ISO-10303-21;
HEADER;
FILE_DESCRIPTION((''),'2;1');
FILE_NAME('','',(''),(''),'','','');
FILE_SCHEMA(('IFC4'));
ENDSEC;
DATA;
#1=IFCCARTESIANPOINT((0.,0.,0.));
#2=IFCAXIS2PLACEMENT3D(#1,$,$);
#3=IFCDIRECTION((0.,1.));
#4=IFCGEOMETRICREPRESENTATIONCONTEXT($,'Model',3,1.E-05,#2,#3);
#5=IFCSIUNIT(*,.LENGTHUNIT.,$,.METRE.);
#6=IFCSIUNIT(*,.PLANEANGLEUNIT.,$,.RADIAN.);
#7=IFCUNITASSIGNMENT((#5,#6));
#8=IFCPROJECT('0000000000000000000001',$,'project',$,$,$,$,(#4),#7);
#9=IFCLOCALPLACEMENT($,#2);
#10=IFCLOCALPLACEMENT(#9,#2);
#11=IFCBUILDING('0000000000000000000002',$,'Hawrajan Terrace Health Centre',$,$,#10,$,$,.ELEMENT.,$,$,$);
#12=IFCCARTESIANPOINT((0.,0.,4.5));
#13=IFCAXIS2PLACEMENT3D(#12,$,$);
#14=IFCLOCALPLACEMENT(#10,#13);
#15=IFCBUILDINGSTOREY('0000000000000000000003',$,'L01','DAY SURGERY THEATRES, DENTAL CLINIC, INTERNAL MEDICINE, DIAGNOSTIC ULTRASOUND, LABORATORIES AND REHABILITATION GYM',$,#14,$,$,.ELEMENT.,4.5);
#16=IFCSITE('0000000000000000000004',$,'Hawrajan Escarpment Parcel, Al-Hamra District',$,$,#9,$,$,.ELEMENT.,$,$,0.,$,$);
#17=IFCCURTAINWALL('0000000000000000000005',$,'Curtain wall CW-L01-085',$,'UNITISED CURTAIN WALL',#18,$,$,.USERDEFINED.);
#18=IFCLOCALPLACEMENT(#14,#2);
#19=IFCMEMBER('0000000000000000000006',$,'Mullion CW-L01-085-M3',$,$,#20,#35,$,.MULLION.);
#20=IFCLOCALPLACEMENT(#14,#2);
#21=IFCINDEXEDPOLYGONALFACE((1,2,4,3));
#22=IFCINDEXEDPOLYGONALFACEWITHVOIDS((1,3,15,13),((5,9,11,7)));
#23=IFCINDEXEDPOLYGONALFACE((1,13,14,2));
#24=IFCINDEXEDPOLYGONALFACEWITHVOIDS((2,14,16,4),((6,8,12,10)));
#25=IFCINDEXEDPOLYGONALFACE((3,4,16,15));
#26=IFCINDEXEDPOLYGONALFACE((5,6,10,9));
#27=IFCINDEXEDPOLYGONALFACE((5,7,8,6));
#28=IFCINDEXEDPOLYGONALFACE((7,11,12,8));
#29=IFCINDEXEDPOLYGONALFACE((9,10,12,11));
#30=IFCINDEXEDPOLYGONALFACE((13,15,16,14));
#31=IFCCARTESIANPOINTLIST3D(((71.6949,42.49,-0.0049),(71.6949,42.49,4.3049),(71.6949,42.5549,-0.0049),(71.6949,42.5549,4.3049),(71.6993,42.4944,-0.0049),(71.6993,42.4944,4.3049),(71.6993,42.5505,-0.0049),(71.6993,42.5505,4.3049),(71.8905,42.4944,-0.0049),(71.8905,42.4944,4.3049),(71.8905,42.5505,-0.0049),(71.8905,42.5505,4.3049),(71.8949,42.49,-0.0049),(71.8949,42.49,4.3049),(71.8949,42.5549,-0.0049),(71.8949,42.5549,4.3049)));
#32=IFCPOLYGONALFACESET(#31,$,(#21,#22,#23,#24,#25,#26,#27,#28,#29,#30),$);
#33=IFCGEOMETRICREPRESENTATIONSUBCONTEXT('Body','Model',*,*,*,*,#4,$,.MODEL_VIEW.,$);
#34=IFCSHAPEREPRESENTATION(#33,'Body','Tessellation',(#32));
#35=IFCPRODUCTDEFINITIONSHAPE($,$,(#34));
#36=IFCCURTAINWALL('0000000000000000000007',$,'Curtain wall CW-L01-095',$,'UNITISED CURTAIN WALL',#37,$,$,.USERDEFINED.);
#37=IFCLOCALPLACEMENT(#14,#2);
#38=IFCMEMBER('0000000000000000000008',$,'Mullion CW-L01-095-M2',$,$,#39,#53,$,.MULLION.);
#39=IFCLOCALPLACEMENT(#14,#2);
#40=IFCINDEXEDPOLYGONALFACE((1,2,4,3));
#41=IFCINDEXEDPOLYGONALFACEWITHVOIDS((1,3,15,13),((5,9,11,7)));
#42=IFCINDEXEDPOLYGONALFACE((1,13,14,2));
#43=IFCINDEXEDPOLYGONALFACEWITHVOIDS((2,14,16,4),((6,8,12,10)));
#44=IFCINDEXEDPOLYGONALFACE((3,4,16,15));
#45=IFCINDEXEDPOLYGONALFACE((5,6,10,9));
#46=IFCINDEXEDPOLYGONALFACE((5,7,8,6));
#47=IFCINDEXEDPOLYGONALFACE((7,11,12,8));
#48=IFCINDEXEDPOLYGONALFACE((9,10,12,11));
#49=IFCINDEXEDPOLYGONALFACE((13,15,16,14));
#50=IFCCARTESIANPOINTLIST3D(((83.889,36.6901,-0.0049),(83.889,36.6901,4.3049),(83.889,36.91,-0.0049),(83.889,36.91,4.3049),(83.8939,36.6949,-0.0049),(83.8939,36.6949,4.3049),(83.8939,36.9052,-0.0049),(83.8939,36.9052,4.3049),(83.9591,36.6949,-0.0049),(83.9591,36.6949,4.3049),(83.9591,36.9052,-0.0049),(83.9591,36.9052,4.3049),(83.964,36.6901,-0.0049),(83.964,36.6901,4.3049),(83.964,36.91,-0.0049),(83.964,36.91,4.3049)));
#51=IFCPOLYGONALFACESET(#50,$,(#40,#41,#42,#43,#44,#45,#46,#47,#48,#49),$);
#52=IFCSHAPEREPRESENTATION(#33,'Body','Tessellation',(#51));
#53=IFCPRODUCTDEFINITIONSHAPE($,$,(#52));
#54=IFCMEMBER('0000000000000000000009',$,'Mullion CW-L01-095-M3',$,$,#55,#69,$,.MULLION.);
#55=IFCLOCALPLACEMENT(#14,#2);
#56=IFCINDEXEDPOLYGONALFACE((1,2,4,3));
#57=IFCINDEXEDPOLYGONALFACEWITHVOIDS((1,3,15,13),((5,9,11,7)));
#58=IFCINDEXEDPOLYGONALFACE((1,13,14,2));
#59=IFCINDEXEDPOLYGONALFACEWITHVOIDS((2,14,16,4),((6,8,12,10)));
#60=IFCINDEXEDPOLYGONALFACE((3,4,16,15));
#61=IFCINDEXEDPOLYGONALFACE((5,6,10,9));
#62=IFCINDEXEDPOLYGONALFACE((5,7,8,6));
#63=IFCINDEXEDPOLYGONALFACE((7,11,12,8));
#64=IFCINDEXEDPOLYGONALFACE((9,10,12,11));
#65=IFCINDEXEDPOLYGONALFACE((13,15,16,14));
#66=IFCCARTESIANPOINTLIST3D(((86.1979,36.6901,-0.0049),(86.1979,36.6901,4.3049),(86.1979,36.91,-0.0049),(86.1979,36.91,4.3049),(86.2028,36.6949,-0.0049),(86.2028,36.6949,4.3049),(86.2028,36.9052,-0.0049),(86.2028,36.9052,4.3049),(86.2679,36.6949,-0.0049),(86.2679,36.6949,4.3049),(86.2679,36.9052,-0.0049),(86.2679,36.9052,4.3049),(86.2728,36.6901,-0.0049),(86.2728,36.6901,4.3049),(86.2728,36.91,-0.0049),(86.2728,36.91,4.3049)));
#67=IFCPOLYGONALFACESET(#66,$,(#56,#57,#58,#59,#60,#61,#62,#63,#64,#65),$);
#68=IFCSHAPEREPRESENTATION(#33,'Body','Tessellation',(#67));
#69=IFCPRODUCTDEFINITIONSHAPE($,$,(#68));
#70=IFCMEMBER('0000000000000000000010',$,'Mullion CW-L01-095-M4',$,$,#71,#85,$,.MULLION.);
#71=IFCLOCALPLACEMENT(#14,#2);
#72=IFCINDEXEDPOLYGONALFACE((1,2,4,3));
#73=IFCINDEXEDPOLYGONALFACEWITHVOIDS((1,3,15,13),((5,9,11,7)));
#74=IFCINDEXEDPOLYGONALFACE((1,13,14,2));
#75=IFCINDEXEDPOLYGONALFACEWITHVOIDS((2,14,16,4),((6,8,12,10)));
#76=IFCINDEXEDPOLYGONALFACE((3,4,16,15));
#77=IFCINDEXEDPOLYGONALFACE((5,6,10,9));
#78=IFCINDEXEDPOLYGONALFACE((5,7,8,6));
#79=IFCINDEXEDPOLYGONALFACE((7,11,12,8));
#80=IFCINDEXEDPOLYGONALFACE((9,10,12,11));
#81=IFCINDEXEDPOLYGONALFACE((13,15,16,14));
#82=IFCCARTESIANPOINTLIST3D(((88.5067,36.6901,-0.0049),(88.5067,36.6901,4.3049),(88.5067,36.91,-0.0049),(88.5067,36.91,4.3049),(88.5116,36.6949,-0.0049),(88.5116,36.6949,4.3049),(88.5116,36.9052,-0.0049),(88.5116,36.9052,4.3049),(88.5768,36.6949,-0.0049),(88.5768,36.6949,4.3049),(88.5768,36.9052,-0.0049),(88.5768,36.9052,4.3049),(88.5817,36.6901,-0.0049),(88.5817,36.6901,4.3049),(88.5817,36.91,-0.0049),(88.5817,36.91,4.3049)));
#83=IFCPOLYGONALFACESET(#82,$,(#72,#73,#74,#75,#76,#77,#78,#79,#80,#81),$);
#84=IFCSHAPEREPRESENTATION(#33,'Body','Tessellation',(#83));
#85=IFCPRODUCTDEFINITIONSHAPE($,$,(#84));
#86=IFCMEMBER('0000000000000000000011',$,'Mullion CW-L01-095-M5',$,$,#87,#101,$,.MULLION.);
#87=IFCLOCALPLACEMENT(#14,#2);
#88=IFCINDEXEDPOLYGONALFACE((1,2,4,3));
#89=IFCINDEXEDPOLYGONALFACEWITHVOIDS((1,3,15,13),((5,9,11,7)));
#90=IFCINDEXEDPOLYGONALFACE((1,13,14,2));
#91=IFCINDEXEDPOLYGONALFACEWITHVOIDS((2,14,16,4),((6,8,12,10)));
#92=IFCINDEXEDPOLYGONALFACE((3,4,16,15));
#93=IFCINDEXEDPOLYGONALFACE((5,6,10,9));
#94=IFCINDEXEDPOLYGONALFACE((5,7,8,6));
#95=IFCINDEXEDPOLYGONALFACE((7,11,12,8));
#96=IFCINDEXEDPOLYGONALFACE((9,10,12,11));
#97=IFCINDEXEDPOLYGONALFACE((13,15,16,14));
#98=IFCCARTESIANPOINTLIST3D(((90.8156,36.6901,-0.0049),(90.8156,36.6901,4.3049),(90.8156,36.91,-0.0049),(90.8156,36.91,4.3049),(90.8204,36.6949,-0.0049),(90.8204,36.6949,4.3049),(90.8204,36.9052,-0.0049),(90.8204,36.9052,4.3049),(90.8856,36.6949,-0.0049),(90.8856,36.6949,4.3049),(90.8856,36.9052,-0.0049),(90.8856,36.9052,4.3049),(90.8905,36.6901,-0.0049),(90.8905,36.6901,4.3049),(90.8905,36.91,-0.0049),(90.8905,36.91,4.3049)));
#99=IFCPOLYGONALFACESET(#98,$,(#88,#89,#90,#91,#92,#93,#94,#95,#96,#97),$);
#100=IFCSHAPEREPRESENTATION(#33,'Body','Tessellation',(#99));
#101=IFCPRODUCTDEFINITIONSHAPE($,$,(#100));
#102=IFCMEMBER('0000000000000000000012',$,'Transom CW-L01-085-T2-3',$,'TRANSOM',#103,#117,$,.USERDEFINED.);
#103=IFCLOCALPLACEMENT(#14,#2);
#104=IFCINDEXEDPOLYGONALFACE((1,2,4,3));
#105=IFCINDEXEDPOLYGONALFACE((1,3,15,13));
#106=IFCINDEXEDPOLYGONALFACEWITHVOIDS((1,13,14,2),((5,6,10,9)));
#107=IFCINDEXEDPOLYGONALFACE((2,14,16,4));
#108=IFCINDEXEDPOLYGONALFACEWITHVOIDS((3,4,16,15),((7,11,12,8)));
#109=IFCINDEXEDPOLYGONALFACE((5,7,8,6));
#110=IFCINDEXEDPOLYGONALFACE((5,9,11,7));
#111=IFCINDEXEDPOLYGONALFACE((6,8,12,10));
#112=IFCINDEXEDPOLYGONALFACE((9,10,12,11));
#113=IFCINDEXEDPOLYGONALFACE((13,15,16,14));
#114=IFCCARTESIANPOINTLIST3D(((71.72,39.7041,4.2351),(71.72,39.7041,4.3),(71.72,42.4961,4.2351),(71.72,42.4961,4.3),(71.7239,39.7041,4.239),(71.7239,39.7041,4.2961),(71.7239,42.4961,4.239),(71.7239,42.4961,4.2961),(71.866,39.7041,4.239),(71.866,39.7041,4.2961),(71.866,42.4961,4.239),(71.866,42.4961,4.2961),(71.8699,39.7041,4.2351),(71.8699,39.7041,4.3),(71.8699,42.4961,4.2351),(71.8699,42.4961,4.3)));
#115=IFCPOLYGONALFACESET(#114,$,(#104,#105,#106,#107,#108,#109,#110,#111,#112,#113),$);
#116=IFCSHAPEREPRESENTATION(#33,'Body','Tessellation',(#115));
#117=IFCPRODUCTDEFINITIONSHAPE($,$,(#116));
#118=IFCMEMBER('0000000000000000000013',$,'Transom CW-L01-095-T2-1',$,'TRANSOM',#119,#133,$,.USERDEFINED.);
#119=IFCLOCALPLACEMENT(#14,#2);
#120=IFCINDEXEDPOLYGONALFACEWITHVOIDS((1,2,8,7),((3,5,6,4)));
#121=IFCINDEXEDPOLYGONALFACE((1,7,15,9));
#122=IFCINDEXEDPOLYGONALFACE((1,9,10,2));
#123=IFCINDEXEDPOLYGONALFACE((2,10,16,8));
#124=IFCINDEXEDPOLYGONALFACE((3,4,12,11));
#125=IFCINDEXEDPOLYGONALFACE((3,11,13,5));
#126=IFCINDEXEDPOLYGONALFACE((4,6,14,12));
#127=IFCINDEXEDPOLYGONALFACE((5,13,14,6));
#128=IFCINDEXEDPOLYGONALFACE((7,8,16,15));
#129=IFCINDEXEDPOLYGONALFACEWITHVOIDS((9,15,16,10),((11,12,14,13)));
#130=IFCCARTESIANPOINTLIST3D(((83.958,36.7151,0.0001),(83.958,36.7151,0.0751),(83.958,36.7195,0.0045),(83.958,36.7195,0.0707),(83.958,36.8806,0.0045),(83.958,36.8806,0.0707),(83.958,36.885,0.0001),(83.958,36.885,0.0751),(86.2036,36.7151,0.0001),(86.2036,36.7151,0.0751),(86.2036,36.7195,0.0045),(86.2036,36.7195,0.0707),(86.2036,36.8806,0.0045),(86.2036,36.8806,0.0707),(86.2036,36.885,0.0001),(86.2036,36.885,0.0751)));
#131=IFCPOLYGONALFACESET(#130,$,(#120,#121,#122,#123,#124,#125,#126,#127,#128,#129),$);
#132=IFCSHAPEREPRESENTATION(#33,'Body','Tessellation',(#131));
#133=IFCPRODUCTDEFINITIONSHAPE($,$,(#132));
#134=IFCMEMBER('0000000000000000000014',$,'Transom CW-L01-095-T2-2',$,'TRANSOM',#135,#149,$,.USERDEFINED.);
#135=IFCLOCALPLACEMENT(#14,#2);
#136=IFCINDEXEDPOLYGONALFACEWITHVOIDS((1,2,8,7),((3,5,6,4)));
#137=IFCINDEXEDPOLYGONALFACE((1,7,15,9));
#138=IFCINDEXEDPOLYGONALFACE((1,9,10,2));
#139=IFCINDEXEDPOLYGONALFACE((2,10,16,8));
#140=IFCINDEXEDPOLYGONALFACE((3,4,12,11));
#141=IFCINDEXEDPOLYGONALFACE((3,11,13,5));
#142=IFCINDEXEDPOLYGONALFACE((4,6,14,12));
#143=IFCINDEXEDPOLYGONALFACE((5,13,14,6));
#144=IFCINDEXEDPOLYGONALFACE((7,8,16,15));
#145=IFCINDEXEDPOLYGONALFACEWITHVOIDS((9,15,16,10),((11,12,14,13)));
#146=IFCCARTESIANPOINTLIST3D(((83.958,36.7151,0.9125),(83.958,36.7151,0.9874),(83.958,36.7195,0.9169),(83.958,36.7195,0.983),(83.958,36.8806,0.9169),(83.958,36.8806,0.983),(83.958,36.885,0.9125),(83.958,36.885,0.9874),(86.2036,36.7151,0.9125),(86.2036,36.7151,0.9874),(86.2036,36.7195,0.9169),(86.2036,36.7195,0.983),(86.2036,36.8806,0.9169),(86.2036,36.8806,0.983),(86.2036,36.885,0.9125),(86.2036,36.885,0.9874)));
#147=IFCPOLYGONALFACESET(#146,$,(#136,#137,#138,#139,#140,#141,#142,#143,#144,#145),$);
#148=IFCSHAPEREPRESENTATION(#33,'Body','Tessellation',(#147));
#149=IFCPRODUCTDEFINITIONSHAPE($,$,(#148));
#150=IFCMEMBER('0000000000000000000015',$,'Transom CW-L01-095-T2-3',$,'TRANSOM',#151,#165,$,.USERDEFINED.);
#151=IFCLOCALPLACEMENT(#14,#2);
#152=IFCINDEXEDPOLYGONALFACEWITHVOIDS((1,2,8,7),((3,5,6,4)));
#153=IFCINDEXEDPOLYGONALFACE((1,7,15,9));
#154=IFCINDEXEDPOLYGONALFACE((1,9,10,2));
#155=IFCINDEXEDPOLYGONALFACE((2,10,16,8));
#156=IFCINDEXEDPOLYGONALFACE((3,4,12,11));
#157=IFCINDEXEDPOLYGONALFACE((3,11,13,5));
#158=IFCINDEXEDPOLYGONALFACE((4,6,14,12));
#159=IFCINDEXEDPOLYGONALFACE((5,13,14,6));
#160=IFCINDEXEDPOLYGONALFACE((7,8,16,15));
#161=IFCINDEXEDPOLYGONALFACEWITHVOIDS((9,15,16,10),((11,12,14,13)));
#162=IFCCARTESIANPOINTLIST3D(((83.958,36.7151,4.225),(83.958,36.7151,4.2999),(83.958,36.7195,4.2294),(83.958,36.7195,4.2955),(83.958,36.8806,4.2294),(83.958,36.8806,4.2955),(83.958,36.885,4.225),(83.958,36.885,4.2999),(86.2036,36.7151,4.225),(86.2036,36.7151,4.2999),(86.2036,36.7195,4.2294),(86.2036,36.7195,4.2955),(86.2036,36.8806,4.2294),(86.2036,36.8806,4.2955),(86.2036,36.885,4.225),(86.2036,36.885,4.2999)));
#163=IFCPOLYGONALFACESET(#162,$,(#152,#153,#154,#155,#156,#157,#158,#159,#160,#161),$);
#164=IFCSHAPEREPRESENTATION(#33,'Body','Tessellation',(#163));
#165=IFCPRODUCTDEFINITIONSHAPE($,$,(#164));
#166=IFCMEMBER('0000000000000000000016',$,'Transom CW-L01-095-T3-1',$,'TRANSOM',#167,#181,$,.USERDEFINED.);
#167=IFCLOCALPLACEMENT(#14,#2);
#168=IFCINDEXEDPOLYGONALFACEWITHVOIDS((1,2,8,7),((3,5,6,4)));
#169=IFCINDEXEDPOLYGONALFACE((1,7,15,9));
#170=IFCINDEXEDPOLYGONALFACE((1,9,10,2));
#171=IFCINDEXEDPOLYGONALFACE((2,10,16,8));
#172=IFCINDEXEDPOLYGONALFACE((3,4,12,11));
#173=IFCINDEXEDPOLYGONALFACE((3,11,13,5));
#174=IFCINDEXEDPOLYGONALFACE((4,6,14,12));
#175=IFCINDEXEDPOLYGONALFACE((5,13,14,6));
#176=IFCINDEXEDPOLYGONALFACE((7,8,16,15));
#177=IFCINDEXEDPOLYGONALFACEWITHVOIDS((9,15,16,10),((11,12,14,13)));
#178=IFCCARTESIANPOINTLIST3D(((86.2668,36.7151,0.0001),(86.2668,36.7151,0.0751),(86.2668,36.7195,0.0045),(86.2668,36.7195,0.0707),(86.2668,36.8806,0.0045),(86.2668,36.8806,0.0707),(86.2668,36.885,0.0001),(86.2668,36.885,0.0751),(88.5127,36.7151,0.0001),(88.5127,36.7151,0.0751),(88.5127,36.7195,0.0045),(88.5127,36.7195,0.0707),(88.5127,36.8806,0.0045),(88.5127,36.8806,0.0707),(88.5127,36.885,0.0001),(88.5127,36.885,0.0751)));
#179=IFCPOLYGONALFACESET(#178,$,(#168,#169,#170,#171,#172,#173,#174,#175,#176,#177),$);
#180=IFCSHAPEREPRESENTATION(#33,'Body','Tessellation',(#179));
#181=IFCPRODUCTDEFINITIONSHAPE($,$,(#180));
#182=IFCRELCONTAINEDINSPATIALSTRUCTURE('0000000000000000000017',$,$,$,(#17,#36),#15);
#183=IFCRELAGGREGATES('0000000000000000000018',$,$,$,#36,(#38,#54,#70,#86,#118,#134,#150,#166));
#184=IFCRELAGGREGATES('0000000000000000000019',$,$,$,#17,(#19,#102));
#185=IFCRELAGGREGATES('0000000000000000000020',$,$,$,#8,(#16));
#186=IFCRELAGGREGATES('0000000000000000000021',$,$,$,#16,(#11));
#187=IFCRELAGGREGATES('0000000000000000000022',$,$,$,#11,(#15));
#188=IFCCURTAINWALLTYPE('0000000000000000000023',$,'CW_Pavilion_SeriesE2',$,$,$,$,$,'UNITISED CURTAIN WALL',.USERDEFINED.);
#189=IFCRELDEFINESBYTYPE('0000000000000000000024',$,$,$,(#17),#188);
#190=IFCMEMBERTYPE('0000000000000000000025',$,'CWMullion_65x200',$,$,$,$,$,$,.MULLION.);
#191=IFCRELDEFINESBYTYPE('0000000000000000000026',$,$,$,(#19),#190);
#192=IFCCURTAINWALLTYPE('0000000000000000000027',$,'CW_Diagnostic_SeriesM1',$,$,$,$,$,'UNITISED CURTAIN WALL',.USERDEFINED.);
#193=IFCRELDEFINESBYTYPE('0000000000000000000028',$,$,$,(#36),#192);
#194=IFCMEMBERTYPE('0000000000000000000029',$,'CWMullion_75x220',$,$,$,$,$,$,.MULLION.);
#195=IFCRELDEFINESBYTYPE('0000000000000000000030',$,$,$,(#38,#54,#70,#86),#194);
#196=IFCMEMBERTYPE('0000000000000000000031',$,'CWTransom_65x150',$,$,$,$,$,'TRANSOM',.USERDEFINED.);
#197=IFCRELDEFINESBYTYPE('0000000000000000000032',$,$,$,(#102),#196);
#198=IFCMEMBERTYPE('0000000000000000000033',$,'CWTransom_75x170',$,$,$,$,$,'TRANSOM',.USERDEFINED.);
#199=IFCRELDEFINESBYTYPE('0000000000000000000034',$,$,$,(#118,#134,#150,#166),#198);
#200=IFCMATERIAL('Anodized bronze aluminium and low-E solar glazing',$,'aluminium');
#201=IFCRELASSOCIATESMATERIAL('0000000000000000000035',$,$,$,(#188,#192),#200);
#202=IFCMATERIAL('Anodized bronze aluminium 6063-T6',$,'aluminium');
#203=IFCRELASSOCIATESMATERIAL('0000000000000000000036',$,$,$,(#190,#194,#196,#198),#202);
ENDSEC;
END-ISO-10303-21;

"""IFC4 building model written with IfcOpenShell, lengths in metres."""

from ifc_helpers import new_model, si_unit, direction, frame, origin, origin_2d, place, context, subcontext, project, spatial, hollow_rectangle, extrude, material, material_profile, profile_set, type_object, element, aggregate, save


model = new_model("IFC4")

# Units and contexts
model_context = context("Model", 3, precision=1e-05, world=origin(), true_north=direction((0.0, 1.0)))
body_context = subcontext(model_context, "Body", "Model", "MODEL_VIEW")
ifc_project = project(units=[si_unit("LENGTHUNIT", "METRE"), si_unit("PLANEANGLEUNIT", "RADIAN")], contexts=[model_context])

# Site, building, storey
site_placement = place(None, origin())
site = spatial("IfcSite", under=ifc_project, at=site_placement, Name="Hawrajan Escarpment Parcel, Al-Hamra District", CompositionType="ELEMENT", RefElevation=0.0)
building_placement = place(site_placement, origin())
building = spatial("IfcBuilding", under=site, at=building_placement, Name="Hawrajan Terrace Health Centre", CompositionType="ELEMENT")
storey_placement = place(building_placement, frame((0.0, 0.0, 4.5)))
storey = spatial("IfcBuildingStorey", under=building, at=storey_placement, Name="L01", Description="DAY SURGERY THEATRES, DENTAL CLINIC, INTERNAL MEDICINE, DIAGNOSTIC ULTRASOUND, LABORATORIES AND REHABILITATION GYM", CompositionType="ELEMENT", Elevation=4.5)

# Curtain wall, member
ifc_material_1 = material(Name="Anodized bronze aluminium and low-E solar glazing", Category="aluminium")
curtain_wall_type_1 = type_object("IfcCurtainWallType", Name="CW_Pavilion_SeriesE2", ElementType="UNITISED CURTAIN WALL", PredefinedType="USERDEFINED", material=ifc_material_1)
curtain_wall_1_placement = place(storey_placement, origin())
curtain_wall_1 = element("IfcCurtainWall", 1, at=curtain_wall_1_placement, inside=storey, type_object=curtain_wall_type_1, Name="Curtain wall CW-L01-085", ObjectType="UNITISED CURTAIN WALL", PredefinedType="USERDEFINED")
ifc_material_2 = material(Name="Anodized bronze aluminium 6063-T6", Category="aluminium")
ifc_material_profile_1 = material_profile(ifc_material_2, hollow_rectangle(XDim=0.0649, YDim=0.2, WallThickness=0.0044, at=origin_2d()), Name="CW MUL 65x200")
ifc_profile_set_1 = profile_set([ifc_material_profile_1], Name="Anodized bronze aluminium 6063-T6")
member_type_1 = type_object("IfcMemberType", Name="CWMullion_65x200", PredefinedType="MULLION", material=ifc_profile_set_1)
member_1_placement = place(storey_placement, frame((71.7949, 42.5225, -0.0049), z_axis=(0.0, 0.0, 1.0), x_axis=(0.0, 1.0, 0.0)))
member_1 = element("IfcMember", 2, at=member_1_placement, type_object=member_type_1, Name="Mullion CW-L01-085-M3", PredefinedType="MULLION", context=body_context, shape_type="SweptSolid", body=[
    extrude(hollow_rectangle(XDim=0.0649, YDim=0.2, WallThickness=0.0044, at=origin_2d()), origin(), (0.0, 0.0, 1.0), 4.3098),
])

# Curtain wall, members
curtain_wall_type_2 = type_object("IfcCurtainWallType", Name="CW_Diagnostic_SeriesM1", ElementType="UNITISED CURTAIN WALL", PredefinedType="USERDEFINED", material=ifc_material_1)
curtain_wall_2_placement = place(storey_placement, origin())
curtain_wall_2 = element("IfcCurtainWall", 3, at=curtain_wall_2_placement, inside=storey, type_object=curtain_wall_type_2, Name="Curtain wall CW-L01-095", ObjectType="UNITISED CURTAIN WALL", PredefinedType="USERDEFINED")
ifc_material_profile_2 = material_profile(ifc_material_2, hollow_rectangle(XDim=0.075, YDim=0.22, WallThickness=0.0049, at=origin_2d()), Name="CW MUL 75x220")
ifc_profile_set_2 = profile_set([ifc_material_profile_2], Name="Anodized bronze aluminium 6063-T6")
member_type_2 = type_object("IfcMemberType", Name="CWMullion_75x220", PredefinedType="MULLION", material=ifc_profile_set_2)
member_2_placement = place(storey_placement, frame((83.9265, 36.8, -0.0049), z_axis=(0.0, 0.0, 1.0), x_axis=(1.0, 0.0, 0.0)))
member_2 = element("IfcMember", 4, at=member_2_placement, type_object=member_type_2, Name="Mullion CW-L01-095-M2", PredefinedType="MULLION", context=body_context, shape_type="SweptSolid", body=[
    extrude(hollow_rectangle(XDim=0.075, YDim=0.22, WallThickness=0.0049, at=origin_2d()), origin(), (0.0, 0.0, 1.0), 4.3098),
])
member_3_placement = place(storey_placement, frame((86.2354, 36.8, -0.0049), z_axis=(0.0, 0.0, 1.0), x_axis=(1.0, 0.0, 0.0)))
member_3 = element("IfcMember", 5, at=member_3_placement, type_object=member_type_2, Name="Mullion CW-L01-095-M3", PredefinedType="MULLION", context=body_context, shape_type="SweptSolid", body=[
    extrude(hollow_rectangle(XDim=0.075, YDim=0.22, WallThickness=0.0049, at=origin_2d()), origin(), (0.0, 0.0, 1.0), 4.3098),
])
member_4_placement = place(storey_placement, frame((88.5442, 36.8, -0.0049), z_axis=(0.0, 0.0, 1.0), x_axis=(1.0, 0.0, 0.0)))
member_4 = element("IfcMember", 6, at=member_4_placement, type_object=member_type_2, Name="Mullion CW-L01-095-M4", PredefinedType="MULLION", context=body_context, shape_type="SweptSolid", body=[
    extrude(hollow_rectangle(XDim=0.075, YDim=0.22, WallThickness=0.0049, at=origin_2d()), origin(), (0.0, 0.0, 1.0), 4.3098),
])
member_5_placement = place(storey_placement, frame((90.853, 36.8, -0.0049), z_axis=(0.0, 0.0, 1.0), x_axis=(1.0, 0.0, 0.0)))
member_5 = element("IfcMember", 7, at=member_5_placement, type_object=member_type_2, Name="Mullion CW-L01-095-M5", PredefinedType="MULLION", context=body_context, shape_type="SweptSolid", body=[
    extrude(hollow_rectangle(XDim=0.075, YDim=0.22, WallThickness=0.0049, at=origin_2d()), origin(), (0.0, 0.0, 1.0), 4.3098),
])

# Members
ifc_material_profile_3 = material_profile(ifc_material_2, hollow_rectangle(XDim=0.0649, YDim=0.1499, WallThickness=0.0039, at=origin_2d()), Name="CW TRN 65x150")
ifc_profile_set_3 = profile_set([ifc_material_profile_3], Name="Anodized bronze aluminium 6063-T6")
member_type_3 = type_object("IfcMemberType", Name="CWTransom_65x150", ElementType="TRANSOM", PredefinedType="USERDEFINED", material=ifc_profile_set_3)
member_6_placement = place(storey_placement, frame((71.7949, 39.7041, 4.2676), z_axis=(0.0, 1.0, 0.0), x_axis=(0.0, 0.0, 1.0)))
member_6 = element("IfcMember", 8, at=member_6_placement, type_object=member_type_3, Name="Transom CW-L01-085-T2-3", ObjectType="TRANSOM", PredefinedType="USERDEFINED", context=body_context, shape_type="SweptSolid", body=[
    extrude(hollow_rectangle(XDim=0.0649, YDim=0.1499, WallThickness=0.0039, at=origin_2d()), origin(), (0.0, 0.0, 1.0), 2.792),
])
ifc_material_profile_4 = material_profile(ifc_material_2, hollow_rectangle(XDim=0.075, YDim=0.1699, WallThickness=0.0044, at=origin_2d()), Name="CW TRN 75x170")
ifc_profile_set_4 = profile_set([ifc_material_profile_4], Name="Anodized bronze aluminium 6063-T6")
member_type_4 = type_object("IfcMemberType", Name="CWTransom_75x170", ElementType="TRANSOM", PredefinedType="USERDEFINED", material=ifc_profile_set_4)
member_7_placement = place(storey_placement, frame((83.958, 36.8, 0.0376), z_axis=(1.0, 0.0, 0.0), x_axis=(0.0, 0.0, 1.0)))
member_7 = element("IfcMember", 9, at=member_7_placement, type_object=member_type_4, Name="Transom CW-L01-095-T2-1", ObjectType="TRANSOM", PredefinedType="USERDEFINED", context=body_context, shape_type="SweptSolid", body=[
    extrude(hollow_rectangle(XDim=0.075, YDim=0.1699, WallThickness=0.0044, at=origin_2d()), origin(), (0.0, 0.0, 1.0), 2.2456),
])
member_8_placement = place(storey_placement, frame((83.958, 36.8, 0.95), z_axis=(1.0, 0.0, 0.0), x_axis=(0.0, 0.0, 1.0)))
member_8 = element("IfcMember", 10, at=member_8_placement, type_object=member_type_4, Name="Transom CW-L01-095-T2-2", ObjectType="TRANSOM", PredefinedType="USERDEFINED", context=body_context, shape_type="SweptSolid", body=[
    extrude(hollow_rectangle(XDim=0.075, YDim=0.1699, WallThickness=0.0044, at=origin_2d()), origin(), (0.0, 0.0, 1.0), 2.2456),
])
member_9_placement = place(storey_placement, frame((83.958, 36.8, 4.2625), z_axis=(1.0, 0.0, 0.0), x_axis=(0.0, 0.0, 1.0)))
member_9 = element("IfcMember", 11, at=member_9_placement, type_object=member_type_4, Name="Transom CW-L01-095-T2-3", ObjectType="TRANSOM", PredefinedType="USERDEFINED", context=body_context, shape_type="SweptSolid", body=[
    extrude(hollow_rectangle(XDim=0.075, YDim=0.1699, WallThickness=0.0044, at=origin_2d()), origin(), (0.0, 0.0, 1.0), 2.2456),
])
member_10_placement = place(storey_placement, frame((86.2668, 36.8, 0.0376), z_axis=(1.0, 0.0, 0.0), x_axis=(0.0, 0.0, 1.0)))
member_10 = element("IfcMember", 12, at=member_10_placement, type_object=member_type_4, Name="Transom CW-L01-095-T3-1", ObjectType="TRANSOM", PredefinedType="USERDEFINED", context=body_context, shape_type="SweptSolid", body=[
    extrude(hollow_rectangle(XDim=0.075, YDim=0.1699, WallThickness=0.0044, at=origin_2d()), origin(), (0.0, 0.0, 1.0), 2.2458),
])

aggregate(curtain_wall_2, [member_2, member_3, member_4, member_5, member_7, member_8, member_9, member_10])
aggregate(curtain_wall_1, [member_1, member_6])

save(model, "model.ifc")
